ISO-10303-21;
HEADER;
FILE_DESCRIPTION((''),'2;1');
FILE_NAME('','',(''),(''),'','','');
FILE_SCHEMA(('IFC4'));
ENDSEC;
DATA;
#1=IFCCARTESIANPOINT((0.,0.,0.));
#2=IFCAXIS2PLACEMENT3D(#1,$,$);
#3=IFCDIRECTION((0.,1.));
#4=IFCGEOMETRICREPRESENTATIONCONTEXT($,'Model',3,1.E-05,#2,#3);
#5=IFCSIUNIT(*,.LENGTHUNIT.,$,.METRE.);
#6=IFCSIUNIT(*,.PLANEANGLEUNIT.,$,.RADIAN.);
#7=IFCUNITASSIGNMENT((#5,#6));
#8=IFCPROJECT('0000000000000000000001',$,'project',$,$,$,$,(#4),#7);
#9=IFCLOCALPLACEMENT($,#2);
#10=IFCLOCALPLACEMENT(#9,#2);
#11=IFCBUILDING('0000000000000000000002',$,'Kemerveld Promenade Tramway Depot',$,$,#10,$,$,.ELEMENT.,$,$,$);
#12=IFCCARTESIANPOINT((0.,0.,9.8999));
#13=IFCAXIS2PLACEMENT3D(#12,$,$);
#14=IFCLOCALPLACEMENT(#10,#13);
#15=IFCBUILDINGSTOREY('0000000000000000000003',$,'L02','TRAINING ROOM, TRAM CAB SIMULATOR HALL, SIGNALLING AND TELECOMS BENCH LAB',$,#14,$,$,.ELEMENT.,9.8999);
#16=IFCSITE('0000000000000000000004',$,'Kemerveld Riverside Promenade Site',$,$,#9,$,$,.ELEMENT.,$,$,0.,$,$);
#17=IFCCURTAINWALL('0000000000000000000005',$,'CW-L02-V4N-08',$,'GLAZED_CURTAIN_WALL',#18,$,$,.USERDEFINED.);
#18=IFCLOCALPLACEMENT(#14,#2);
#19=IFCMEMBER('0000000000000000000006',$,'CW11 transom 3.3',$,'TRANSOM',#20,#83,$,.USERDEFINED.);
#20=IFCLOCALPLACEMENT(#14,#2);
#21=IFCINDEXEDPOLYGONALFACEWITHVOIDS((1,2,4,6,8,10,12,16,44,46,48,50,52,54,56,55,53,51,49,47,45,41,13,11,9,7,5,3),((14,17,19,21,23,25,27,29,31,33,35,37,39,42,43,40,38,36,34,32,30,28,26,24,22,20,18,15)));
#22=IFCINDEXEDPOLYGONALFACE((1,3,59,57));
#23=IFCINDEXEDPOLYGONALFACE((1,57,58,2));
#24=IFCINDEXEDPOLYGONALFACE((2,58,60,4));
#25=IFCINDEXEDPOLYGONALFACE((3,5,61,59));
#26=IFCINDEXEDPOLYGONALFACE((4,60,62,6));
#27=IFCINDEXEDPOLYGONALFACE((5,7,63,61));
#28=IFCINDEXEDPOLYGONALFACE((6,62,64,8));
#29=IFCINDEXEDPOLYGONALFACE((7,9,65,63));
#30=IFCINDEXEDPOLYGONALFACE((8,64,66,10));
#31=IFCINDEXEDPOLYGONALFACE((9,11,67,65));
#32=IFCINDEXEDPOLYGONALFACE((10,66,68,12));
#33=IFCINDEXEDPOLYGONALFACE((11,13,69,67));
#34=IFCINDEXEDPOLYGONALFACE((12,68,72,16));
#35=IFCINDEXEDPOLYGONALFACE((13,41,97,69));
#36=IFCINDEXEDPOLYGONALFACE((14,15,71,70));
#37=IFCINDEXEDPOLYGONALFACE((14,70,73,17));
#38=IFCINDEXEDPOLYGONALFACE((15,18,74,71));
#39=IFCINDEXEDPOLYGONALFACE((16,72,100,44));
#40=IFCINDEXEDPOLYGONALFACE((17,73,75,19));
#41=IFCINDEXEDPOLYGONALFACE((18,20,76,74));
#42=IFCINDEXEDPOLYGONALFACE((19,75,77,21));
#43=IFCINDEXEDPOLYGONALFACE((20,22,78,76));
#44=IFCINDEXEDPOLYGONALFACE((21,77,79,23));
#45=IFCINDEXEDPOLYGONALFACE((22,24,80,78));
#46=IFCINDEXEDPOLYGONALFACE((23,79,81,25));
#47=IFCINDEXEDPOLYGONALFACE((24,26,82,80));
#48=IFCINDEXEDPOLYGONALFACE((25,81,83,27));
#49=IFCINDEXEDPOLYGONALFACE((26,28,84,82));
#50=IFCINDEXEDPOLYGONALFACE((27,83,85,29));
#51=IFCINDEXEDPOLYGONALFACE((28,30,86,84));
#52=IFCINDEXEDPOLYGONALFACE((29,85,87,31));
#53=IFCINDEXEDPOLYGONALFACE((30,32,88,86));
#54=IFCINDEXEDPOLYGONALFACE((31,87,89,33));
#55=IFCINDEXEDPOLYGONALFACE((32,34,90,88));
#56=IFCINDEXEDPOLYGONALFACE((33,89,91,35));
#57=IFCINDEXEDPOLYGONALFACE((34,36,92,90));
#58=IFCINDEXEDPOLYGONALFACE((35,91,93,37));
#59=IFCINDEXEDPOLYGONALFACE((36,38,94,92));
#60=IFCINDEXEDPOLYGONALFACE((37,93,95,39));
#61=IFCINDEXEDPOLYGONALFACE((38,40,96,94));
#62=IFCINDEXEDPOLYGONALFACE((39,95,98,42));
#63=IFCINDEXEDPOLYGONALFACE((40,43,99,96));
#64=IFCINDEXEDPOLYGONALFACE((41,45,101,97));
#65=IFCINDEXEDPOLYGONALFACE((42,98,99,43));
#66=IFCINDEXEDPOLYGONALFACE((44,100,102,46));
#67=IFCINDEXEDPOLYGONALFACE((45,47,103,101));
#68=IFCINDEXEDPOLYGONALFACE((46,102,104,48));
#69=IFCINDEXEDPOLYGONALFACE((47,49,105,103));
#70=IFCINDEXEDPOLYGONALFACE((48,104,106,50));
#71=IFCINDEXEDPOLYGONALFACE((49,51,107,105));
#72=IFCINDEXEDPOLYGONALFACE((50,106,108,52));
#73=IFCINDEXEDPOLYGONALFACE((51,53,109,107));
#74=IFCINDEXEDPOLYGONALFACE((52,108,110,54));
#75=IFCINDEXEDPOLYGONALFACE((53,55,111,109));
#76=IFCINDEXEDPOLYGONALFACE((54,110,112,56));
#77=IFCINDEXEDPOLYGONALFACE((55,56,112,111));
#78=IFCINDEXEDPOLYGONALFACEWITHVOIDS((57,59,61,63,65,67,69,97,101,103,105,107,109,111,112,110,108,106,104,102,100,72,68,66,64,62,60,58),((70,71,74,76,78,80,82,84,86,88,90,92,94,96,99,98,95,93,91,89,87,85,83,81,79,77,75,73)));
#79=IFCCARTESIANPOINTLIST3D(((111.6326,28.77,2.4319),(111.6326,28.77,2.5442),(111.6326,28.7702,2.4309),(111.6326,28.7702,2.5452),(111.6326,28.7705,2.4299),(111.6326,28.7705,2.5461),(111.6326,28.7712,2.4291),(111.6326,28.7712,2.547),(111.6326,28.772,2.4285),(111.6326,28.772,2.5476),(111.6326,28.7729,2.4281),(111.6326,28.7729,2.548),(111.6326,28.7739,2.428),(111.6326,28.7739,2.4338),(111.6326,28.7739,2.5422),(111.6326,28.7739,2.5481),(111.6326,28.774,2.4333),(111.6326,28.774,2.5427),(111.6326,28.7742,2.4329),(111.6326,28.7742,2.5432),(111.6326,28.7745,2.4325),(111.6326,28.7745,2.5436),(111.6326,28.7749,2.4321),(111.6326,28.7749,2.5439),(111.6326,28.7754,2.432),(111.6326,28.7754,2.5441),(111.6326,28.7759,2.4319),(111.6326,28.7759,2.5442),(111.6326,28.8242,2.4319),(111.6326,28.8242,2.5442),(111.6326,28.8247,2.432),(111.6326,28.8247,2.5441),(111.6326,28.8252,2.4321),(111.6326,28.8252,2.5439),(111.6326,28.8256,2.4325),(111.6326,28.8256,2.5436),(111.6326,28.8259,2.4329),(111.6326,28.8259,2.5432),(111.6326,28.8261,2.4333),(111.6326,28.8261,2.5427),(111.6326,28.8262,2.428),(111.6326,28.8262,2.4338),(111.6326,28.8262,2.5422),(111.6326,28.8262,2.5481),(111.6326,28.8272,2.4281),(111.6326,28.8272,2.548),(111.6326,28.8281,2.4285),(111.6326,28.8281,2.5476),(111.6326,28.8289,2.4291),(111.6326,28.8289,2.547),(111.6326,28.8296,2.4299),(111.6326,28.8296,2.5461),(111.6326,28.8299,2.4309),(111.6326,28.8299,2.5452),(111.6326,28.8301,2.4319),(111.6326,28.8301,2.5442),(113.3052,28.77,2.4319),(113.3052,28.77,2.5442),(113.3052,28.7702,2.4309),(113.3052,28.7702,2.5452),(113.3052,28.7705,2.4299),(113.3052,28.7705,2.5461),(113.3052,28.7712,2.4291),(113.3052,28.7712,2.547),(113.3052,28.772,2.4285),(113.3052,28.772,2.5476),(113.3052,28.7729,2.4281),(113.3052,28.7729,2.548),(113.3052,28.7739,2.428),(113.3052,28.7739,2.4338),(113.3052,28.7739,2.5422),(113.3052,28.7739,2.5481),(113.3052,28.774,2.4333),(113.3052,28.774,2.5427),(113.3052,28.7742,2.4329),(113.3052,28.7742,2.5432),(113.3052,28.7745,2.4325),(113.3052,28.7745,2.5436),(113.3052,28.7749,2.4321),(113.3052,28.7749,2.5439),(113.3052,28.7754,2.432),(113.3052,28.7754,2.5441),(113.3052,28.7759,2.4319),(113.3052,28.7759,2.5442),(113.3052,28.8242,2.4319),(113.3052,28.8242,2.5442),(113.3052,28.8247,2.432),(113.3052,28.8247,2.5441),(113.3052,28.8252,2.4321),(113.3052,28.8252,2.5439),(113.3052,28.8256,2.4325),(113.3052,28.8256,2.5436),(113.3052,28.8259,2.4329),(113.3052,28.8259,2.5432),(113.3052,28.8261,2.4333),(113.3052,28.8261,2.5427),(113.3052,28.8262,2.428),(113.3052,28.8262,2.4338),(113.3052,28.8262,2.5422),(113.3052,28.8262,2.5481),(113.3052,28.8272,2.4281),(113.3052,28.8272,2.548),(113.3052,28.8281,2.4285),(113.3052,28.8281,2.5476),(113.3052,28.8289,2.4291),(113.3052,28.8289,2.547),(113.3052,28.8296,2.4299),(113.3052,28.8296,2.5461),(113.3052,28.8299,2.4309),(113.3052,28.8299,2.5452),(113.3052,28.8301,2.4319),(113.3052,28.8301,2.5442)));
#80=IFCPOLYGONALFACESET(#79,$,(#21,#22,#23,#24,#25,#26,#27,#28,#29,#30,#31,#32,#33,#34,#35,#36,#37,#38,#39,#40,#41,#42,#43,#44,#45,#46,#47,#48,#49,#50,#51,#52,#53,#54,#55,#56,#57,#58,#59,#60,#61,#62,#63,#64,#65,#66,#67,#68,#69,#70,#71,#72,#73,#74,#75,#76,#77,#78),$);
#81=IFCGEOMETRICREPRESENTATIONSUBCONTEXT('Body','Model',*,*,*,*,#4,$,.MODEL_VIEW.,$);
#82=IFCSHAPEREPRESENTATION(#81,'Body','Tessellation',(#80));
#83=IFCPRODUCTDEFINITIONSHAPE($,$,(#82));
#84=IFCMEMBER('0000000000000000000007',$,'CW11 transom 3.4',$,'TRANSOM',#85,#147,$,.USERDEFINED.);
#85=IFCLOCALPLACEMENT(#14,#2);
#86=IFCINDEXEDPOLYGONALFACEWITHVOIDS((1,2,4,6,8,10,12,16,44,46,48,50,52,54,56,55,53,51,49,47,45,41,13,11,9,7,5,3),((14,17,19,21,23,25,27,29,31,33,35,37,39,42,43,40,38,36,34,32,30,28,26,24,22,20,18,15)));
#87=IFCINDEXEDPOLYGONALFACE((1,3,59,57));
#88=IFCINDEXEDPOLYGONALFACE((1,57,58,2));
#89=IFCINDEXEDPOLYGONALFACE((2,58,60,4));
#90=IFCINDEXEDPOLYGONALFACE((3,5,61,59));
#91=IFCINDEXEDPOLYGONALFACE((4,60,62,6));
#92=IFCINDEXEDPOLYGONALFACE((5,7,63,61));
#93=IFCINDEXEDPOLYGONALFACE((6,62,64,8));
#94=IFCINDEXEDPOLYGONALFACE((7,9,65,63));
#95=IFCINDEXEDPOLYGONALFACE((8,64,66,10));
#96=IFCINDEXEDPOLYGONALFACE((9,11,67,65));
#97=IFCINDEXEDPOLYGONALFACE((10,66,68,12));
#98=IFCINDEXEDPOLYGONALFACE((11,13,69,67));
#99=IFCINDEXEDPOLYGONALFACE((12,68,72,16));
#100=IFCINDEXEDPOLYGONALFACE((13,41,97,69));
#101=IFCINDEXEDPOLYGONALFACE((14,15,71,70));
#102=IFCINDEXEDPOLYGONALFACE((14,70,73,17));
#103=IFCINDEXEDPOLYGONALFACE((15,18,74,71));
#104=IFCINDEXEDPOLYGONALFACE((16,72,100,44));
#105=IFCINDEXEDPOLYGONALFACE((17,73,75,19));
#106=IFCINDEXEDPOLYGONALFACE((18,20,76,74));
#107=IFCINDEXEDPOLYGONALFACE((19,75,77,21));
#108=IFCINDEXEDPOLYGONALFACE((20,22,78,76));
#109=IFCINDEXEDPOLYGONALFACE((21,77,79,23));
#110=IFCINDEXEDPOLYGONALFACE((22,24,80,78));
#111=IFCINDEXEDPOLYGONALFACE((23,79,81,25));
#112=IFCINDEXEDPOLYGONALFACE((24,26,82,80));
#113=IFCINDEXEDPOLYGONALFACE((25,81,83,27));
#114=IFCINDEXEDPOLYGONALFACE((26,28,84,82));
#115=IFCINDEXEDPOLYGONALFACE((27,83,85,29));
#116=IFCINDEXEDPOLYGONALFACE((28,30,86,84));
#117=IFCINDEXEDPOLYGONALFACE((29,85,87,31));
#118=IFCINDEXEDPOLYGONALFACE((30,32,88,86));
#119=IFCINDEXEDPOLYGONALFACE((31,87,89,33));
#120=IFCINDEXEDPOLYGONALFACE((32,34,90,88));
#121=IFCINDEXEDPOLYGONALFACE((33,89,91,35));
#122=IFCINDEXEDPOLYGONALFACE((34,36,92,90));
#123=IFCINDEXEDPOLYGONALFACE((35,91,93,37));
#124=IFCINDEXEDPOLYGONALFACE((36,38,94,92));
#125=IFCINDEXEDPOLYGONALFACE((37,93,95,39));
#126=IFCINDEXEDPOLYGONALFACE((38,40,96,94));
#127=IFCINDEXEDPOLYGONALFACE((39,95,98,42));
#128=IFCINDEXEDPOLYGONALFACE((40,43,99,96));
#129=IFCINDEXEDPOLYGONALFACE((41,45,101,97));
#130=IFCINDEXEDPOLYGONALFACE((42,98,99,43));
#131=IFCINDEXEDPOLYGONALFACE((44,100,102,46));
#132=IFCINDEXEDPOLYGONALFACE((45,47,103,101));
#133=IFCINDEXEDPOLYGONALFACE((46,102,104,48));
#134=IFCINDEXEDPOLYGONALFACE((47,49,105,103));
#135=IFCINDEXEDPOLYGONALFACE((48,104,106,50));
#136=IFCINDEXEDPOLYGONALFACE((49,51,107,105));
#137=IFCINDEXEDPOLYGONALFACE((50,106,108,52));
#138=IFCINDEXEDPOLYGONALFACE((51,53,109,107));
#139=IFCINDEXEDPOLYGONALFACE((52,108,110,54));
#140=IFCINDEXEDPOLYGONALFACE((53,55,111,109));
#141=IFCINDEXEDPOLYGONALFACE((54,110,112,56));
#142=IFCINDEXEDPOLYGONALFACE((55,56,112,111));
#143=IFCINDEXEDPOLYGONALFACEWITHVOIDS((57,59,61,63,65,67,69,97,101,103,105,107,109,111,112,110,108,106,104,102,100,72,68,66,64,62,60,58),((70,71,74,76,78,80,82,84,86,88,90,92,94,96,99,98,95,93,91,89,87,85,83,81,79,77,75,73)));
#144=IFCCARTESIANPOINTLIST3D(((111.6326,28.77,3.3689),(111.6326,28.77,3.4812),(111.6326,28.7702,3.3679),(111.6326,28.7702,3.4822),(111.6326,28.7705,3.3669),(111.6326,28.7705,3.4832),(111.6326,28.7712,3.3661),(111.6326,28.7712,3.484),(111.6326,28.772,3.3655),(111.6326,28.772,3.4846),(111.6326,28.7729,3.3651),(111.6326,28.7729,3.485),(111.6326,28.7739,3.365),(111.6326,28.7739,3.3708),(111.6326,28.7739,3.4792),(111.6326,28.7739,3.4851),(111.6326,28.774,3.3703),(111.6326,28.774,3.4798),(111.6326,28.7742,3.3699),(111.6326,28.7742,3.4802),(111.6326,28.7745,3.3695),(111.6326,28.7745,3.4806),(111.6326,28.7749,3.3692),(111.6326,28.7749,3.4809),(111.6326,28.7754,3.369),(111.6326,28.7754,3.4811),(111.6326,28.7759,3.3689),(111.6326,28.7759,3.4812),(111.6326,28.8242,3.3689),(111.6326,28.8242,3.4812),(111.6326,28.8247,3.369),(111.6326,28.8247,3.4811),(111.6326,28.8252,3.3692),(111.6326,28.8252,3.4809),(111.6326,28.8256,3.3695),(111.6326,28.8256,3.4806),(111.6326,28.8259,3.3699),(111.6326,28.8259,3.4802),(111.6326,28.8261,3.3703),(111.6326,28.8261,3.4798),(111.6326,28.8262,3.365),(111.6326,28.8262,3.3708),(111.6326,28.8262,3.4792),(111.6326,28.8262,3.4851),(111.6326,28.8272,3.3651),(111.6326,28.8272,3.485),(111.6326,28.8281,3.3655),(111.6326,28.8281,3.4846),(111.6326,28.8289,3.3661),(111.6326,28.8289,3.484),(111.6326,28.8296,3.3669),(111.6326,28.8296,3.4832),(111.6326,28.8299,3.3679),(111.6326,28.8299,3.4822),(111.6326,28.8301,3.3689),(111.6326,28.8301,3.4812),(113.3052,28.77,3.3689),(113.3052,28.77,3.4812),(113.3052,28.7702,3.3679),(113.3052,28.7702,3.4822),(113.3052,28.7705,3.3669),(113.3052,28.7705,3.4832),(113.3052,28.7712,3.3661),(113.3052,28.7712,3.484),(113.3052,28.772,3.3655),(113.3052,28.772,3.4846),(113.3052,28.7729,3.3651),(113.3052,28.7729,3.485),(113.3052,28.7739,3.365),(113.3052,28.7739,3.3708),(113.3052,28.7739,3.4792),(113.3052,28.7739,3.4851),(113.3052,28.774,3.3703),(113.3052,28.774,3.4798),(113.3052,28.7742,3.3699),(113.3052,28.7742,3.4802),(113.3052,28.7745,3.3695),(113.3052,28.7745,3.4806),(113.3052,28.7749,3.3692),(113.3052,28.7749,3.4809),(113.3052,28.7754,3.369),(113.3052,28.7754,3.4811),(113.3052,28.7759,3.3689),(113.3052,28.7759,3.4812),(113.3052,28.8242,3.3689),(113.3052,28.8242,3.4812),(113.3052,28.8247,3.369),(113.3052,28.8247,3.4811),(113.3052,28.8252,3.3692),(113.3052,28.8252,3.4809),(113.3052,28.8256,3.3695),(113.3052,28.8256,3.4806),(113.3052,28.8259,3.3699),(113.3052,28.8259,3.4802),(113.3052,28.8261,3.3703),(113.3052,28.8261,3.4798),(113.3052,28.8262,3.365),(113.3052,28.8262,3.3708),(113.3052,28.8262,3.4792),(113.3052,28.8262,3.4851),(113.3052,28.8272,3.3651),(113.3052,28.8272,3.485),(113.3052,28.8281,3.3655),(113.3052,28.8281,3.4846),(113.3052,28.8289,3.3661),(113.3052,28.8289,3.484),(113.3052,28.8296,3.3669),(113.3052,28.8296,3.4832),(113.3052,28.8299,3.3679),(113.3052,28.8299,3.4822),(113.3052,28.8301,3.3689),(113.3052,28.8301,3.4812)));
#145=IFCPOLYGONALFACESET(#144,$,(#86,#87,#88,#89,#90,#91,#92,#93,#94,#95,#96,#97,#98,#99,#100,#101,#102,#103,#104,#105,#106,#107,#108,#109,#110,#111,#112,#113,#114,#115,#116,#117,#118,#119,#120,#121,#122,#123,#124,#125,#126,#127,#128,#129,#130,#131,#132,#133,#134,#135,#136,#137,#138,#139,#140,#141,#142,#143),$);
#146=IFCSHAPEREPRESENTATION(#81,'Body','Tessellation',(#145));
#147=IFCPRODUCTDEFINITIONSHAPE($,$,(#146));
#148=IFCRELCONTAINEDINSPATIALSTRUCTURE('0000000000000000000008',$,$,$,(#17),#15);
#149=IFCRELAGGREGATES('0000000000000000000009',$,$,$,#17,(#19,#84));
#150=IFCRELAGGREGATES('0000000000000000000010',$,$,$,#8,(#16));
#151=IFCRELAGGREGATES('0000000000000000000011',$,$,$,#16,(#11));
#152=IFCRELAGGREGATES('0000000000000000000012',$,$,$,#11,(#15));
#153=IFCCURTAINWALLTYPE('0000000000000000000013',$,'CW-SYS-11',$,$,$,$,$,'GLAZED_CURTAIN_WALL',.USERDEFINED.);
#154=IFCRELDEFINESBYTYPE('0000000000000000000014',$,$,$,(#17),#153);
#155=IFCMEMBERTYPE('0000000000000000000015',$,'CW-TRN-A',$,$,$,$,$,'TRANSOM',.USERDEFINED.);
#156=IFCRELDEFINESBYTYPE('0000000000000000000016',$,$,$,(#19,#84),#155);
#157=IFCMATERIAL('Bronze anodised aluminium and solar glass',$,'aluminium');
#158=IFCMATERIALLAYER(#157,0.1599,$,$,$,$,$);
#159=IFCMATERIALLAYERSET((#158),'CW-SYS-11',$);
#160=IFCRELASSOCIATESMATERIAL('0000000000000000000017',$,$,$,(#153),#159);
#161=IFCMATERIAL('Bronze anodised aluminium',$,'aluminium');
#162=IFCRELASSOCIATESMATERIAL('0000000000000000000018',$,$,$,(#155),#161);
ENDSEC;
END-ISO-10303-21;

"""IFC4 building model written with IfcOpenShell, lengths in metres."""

from ifc_helpers import new_model, si_unit, direction, frame, origin, origin_2d, place, context, subcontext, project, spatial, hollow_rectangle, extrude, material, layer, layer_set, material_profile, profile_set, type_object, element, aggregate, save


model = new_model("IFC4")

# Units and contexts
model_context = context("Model", 3, precision=1e-05, world=origin(), true_north=direction((0.0, 1.0)))
body_context = subcontext(model_context, "Body", "Model", "MODEL_VIEW")
ifc_project = project(units=[si_unit("LENGTHUNIT", "METRE"), si_unit("PLANEANGLEUNIT", "RADIAN")], contexts=[model_context])

# Site, building, storey
site_placement = place(None, origin())
site = spatial("IfcSite", under=ifc_project, at=site_placement, Name="Kemerveld Riverside Promenade Site", CompositionType="ELEMENT", RefElevation=0.0)
building_placement = place(site_placement, origin())
building = spatial("IfcBuilding", under=site, at=building_placement, Name="Kemerveld Promenade Tramway Depot", CompositionType="ELEMENT")
storey_placement = place(building_placement, frame((0.0, 0.0, 9.8999)))
storey = spatial("IfcBuildingStorey", under=building, at=storey_placement, Name="L02", Description="TRAINING ROOM, TRAM CAB SIMULATOR HALL, SIGNALLING AND TELECOMS BENCH LAB", CompositionType="ELEMENT", Elevation=9.8999)

# Curtain wall, members
ifc_material_1 = material(Name="Bronze anodised aluminium and solar glass", Category="aluminium")
ifc_layer_1 = layer(ifc_material_1, 0.1599)
ifc_layer_set_1 = layer_set([ifc_layer_1], Name="CW-SYS-11")
curtain_wall_type = type_object("IfcCurtainWallType", Name="CW-SYS-11", ElementType="GLAZED_CURTAIN_WALL", PredefinedType="USERDEFINED", material=ifc_layer_set_1)
curtain_wall_placement = place(storey_placement, origin())
curtain_wall = element("IfcCurtainWall", 1, at=curtain_wall_placement, inside=storey, type_object=curtain_wall_type, Name="CW-L02-V4N-08", ObjectType="GLAZED_CURTAIN_WALL", PredefinedType="USERDEFINED")
ifc_material_2 = material(Name="Bronze anodised aluminium", Category="aluminium")
ifc_material_profile_1 = material_profile(ifc_material_2, hollow_rectangle(XDim=0.0601, YDim=0.1201, WallThickness=0.0039, InnerFilletRadius=0.002, OuterFilletRadius=0.0039, at=origin_2d()), Name="CW-TRN-120x60")
ifc_profile_set_1 = profile_set([ifc_material_profile_1], Name="Bronze anodised aluminium")
member_type_1 = type_object("IfcMemberType", Name="CW-TRN-A", ElementType="TRANSOM", PredefinedType="USERDEFINED", material=ifc_profile_set_1)
member_1_placement = place(storey_placement, frame((111.6326, 28.8, 2.488), z_axis=(1.0, 0.0, 0.0), x_axis=(0.0, 1.0, 0.0)))
member_1 = element("IfcMember", 2, at=member_1_placement, type_object=member_type_1, Name="CW11 transom 3.3", ObjectType="TRANSOM", PredefinedType="USERDEFINED", context=body_context, shape_type="SweptSolid", body=[
    extrude(hollow_rectangle(XDim=0.0601, YDim=0.1201, WallThickness=0.0039, InnerFilletRadius=0.002, OuterFilletRadius=0.0039, at=origin_2d()), origin(), (0.0, 0.0, 1.0), 1.6726),
])
member_2_placement = place(storey_placement, frame((111.6326, 28.8, 3.425), z_axis=(1.0, 0.0, 0.0), x_axis=(0.0, 1.0, 0.0)))
member_2 = element("IfcMember", 3, at=member_2_placement, type_object=member_type_1, Name="CW11 transom 3.4", ObjectType="TRANSOM", PredefinedType="USERDEFINED", context=body_context, shape_type="SweptSolid", body=[
    extrude(hollow_rectangle(XDim=0.0601, YDim=0.1201, WallThickness=0.0039, InnerFilletRadius=0.002, OuterFilletRadius=0.0039, at=origin_2d()), origin(), (0.0, 0.0, 1.0), 1.6726),
])
aggregate(curtain_wall, [member_1, member_2])

save(model, "model.ifc")
